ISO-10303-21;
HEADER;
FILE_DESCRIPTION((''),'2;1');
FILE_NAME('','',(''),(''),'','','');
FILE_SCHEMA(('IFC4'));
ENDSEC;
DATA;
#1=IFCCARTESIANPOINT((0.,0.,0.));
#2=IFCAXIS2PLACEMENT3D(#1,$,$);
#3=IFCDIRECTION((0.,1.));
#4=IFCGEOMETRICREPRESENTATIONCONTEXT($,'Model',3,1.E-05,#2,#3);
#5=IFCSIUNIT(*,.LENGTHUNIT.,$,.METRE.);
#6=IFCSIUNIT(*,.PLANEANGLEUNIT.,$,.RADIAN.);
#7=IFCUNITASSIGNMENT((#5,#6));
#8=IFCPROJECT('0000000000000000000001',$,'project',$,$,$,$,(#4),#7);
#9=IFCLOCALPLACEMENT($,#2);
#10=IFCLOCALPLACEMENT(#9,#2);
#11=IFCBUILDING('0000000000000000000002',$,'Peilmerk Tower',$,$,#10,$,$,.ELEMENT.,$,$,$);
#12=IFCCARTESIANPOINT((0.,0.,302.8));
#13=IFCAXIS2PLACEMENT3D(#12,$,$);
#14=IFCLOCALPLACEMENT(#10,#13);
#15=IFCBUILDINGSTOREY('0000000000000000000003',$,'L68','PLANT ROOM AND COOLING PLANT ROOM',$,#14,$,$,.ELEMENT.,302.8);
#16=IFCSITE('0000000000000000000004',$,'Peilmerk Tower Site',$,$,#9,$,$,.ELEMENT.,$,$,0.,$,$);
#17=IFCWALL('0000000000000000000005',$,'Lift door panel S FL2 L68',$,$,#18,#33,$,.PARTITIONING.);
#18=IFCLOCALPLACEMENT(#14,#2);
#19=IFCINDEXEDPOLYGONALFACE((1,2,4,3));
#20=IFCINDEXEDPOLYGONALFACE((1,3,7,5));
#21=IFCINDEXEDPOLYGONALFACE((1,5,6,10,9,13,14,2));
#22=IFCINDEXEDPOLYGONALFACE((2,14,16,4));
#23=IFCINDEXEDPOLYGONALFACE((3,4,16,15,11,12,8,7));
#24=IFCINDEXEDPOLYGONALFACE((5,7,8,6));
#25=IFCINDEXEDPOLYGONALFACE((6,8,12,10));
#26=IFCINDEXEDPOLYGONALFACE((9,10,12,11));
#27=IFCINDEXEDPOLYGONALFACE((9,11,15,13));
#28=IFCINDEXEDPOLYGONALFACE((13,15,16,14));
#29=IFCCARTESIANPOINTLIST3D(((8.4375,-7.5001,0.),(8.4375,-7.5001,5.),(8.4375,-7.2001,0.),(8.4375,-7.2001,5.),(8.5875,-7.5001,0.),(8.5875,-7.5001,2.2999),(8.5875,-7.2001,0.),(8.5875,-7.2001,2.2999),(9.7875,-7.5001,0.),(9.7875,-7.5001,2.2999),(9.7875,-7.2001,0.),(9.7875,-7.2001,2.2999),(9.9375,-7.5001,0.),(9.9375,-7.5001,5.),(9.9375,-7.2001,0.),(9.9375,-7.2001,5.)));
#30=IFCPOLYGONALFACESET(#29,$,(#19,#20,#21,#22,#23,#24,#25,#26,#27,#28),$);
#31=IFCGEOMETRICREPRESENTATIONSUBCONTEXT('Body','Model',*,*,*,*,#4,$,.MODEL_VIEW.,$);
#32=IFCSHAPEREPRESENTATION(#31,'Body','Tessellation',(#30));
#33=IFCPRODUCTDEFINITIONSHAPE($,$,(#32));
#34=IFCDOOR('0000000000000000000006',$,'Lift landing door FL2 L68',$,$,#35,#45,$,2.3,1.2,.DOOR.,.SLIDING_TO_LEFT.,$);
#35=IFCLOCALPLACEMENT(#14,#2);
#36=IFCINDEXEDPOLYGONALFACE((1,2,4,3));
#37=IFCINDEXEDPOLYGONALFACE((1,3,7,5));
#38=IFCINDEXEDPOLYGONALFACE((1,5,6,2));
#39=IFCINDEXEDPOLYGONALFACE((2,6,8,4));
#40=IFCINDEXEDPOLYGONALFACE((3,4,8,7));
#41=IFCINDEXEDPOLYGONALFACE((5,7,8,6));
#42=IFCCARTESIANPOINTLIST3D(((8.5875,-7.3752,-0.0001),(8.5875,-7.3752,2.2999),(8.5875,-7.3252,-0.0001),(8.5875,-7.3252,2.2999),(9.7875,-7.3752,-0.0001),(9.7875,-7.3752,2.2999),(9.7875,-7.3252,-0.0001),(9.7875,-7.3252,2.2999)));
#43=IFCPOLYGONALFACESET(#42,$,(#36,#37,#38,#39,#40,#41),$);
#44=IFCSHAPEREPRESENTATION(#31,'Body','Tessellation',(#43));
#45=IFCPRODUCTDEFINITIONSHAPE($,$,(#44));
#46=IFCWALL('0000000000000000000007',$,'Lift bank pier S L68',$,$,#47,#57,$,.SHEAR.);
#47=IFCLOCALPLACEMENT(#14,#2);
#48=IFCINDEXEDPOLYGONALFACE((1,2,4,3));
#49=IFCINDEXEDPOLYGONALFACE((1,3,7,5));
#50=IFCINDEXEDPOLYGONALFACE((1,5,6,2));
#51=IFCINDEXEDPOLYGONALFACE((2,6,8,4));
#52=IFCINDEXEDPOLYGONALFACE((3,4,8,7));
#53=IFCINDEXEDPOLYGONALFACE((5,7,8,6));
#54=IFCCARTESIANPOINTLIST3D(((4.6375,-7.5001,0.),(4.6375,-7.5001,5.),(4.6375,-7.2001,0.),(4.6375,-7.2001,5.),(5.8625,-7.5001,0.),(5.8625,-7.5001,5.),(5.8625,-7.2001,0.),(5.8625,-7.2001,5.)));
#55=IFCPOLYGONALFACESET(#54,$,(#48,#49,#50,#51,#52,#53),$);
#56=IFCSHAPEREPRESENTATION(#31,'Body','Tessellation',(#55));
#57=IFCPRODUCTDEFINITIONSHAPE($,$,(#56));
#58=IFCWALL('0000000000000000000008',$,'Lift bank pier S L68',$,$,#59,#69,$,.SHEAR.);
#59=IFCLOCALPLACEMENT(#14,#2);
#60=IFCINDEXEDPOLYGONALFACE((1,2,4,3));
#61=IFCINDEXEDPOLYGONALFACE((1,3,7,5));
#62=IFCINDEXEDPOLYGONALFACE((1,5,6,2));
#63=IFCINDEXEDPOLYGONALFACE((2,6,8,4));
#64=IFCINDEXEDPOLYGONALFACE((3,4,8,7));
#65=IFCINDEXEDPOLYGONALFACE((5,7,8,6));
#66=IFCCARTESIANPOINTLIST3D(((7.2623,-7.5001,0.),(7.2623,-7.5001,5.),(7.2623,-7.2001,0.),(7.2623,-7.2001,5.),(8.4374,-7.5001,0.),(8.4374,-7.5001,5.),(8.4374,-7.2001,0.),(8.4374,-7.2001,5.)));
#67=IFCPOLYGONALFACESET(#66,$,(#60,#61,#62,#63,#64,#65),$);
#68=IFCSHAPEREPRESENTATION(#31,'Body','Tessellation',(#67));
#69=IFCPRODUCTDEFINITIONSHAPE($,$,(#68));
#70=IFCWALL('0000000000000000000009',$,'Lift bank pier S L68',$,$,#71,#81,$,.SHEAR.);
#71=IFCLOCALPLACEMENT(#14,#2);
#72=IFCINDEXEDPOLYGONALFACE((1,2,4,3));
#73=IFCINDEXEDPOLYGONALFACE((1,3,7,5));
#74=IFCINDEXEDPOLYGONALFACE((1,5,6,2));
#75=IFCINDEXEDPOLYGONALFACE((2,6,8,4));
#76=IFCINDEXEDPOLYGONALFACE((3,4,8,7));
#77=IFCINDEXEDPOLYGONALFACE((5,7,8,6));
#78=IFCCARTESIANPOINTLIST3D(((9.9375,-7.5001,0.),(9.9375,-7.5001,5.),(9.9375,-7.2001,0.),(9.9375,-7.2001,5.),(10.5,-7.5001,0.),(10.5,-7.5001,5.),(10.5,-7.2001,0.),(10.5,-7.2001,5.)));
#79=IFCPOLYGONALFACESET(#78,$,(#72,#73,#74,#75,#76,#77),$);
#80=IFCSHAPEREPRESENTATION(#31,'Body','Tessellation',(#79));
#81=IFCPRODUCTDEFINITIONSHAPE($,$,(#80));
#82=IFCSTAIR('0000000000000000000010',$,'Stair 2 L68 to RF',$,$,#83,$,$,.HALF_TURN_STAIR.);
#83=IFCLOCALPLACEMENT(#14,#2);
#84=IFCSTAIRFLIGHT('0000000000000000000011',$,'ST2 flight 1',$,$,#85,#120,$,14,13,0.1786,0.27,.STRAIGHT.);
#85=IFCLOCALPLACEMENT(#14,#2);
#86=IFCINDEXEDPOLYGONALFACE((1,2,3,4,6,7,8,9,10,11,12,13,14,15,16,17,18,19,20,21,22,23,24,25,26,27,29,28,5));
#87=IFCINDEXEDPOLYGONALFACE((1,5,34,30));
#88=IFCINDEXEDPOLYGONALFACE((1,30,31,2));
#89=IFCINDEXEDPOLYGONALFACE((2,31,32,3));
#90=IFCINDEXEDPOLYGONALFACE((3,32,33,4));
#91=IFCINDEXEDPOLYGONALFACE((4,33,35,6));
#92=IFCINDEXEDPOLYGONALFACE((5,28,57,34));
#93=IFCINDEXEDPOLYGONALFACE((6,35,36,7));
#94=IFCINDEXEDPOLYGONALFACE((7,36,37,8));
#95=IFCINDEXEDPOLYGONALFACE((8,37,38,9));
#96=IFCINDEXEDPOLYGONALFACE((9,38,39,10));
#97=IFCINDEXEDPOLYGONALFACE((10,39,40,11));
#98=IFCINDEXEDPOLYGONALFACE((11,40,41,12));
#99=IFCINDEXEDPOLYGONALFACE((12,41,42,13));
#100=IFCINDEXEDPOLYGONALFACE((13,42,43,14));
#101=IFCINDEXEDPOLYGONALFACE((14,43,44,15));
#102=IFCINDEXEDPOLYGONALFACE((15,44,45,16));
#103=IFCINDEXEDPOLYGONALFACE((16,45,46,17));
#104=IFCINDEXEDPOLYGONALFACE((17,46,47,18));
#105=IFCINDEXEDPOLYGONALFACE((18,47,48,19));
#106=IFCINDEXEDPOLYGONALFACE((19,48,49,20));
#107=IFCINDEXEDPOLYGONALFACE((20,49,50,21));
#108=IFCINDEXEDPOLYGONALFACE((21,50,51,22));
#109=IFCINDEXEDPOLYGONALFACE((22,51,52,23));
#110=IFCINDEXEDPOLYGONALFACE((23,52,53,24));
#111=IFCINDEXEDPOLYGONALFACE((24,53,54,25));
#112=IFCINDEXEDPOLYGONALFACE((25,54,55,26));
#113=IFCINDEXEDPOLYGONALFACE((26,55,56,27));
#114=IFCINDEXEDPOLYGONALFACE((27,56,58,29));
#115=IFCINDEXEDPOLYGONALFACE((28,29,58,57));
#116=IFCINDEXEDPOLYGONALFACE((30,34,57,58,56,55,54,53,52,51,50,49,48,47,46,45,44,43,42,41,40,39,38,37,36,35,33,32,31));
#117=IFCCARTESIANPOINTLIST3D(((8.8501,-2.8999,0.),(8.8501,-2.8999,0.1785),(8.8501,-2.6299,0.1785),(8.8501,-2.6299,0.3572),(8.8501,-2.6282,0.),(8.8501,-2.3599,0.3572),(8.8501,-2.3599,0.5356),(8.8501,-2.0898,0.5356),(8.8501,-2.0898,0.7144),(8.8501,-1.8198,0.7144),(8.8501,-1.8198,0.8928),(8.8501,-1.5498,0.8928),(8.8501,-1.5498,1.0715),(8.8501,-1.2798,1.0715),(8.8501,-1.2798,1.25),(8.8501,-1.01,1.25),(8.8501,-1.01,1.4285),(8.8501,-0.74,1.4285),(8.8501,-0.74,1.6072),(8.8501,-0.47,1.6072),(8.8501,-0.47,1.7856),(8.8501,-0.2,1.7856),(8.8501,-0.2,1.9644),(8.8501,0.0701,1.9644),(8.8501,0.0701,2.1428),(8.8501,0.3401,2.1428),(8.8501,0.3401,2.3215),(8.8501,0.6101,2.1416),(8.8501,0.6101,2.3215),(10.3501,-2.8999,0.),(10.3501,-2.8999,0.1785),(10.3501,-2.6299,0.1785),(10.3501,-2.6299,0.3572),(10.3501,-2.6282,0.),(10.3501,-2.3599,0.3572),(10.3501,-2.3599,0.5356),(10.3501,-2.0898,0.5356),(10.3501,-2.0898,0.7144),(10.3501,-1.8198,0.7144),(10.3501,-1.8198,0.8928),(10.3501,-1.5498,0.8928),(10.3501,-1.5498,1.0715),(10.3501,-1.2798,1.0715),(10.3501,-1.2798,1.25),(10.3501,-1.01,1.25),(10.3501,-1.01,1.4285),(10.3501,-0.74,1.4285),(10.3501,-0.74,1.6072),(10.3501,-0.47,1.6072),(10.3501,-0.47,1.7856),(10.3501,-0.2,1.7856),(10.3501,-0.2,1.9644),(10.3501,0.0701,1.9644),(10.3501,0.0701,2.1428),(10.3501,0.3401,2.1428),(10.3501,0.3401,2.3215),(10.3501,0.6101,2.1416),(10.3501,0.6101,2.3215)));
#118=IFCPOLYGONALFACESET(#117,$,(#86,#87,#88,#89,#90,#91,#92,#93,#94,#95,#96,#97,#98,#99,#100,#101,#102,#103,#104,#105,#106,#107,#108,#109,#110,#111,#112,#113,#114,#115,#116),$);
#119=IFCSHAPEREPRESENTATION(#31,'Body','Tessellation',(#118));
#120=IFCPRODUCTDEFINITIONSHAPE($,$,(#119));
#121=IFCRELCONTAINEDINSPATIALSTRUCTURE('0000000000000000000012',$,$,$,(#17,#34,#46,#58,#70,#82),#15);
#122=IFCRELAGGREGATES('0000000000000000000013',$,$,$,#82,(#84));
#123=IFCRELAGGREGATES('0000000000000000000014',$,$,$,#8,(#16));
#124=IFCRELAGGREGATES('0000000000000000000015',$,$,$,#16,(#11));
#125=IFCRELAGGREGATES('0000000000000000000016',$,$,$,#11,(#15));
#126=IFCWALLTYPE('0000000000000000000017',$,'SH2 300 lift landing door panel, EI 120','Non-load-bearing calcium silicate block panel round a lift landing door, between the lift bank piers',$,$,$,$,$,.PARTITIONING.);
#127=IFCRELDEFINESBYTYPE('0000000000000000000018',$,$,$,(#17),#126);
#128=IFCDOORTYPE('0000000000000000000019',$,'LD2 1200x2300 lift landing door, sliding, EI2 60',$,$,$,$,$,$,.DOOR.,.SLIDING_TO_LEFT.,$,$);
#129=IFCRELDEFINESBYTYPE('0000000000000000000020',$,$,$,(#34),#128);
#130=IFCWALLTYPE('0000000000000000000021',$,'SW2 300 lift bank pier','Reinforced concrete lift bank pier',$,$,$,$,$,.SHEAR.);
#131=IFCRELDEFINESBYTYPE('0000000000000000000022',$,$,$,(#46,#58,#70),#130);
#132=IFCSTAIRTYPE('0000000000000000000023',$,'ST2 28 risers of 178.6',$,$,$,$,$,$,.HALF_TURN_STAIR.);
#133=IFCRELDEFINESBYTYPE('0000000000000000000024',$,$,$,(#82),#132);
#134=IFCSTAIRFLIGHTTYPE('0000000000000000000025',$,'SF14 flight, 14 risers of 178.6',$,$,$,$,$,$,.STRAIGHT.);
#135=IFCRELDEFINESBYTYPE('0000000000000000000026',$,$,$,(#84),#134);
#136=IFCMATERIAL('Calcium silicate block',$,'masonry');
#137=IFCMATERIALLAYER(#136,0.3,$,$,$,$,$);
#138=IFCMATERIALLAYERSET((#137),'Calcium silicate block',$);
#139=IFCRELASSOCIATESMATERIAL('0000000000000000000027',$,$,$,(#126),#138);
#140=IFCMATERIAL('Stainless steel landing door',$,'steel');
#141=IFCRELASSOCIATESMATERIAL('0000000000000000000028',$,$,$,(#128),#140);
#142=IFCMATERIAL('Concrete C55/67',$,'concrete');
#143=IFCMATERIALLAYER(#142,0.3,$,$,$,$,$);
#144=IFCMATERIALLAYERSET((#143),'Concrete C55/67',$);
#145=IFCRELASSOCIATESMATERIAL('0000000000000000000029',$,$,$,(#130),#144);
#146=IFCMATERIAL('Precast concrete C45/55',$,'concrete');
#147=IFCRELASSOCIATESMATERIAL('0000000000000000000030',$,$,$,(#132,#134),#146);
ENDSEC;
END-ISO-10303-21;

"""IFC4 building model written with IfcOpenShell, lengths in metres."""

from ifc_helpers import new_model, si_unit, direction, frame, frame_2d, origin, place, context, subcontext, project, spatial, polyline, rectangle, outline, extrude, material, layer, layer_set, type_object, element, fill, aggregate, save


model = new_model("IFC4")

# Units and contexts
model_context = context("Model", 3, precision=1e-05, world=origin(), true_north=direction((0.0, 1.0)))
body_context = subcontext(model_context, "Body", "Model", "MODEL_VIEW")
ifc_project = project(units=[si_unit("LENGTHUNIT", "METRE"), si_unit("PLANEANGLEUNIT", "RADIAN")], contexts=[model_context])

# Site, building, storey
site_placement = place(None, origin())
site = spatial("IfcSite", under=ifc_project, at=site_placement, Name="Peilmerk Tower Site", CompositionType="ELEMENT", RefElevation=0.0)
building_placement = place(site_placement, origin())
building = spatial("IfcBuilding", under=site, at=building_placement, Name="Peilmerk Tower", CompositionType="ELEMENT")
storey_placement = place(building_placement, frame((0.0, 0.0, 302.8)))
storey = spatial("IfcBuildingStorey", under=building, at=storey_placement, Name="L68", Description="PLANT ROOM AND COOLING PLANT ROOM", CompositionType="ELEMENT", Elevation=302.8)

# Wall, opening, door
ifc_material_1 = material(Name="Calcium silicate block", Category="masonry")
ifc_layer_1 = layer(ifc_material_1, 0.3)
ifc_layer_set_1 = layer_set([ifc_layer_1], Name="Calcium silicate block")
wall_type_1 = type_object("IfcWallType", Name="SH2 300 lift landing door panel, EI 120", Description="Non-load-bearing calcium silicate block panel round a lift landing door, between the lift bank piers", PredefinedType="PARTITIONING", material=ifc_layer_set_1)
wall_1_placement = place(storey_placement, frame((8.4375, -7.3501, 0.0), z_axis=(0.0, 0.0, 1.0), x_axis=(1.0, 0.0, 0.0)))
wall_1 = element("IfcWall", 1, at=wall_1_placement, inside=storey, type_object=wall_type_1, Name="Lift door panel S FL2 L68", PredefinedType="PARTITIONING", context=body_context, shape_type="SweptSolid", body=[
    extrude(rectangle(XDim=1.5, YDim=0.3, at=frame_2d((0.75, 0.0))), origin(), (0.0, 0.0, 1.0), 5.0),
])
opening_1_placement = place(wall_1_placement, frame((0.1499, 0.0, 0.0)))
opening_1 = element("IfcOpeningElement", 2, at=opening_1_placement, cuts=wall_1, PredefinedType="OPENING", context=body_context, shape_type="SweptSolid", body=[
    extrude(rectangle(XDim=1.2, YDim=2.3, at=frame_2d((0.6001, 1.1499))), frame((0.0, 0.1599, 0.0), z_axis=(0.0, -1.0, 0.0), x_axis=(1.0, 0.0, 0.0)), (0.0, 0.0, 1.0), 0.3201),
])
ifc_material_2 = material(Name="Stainless steel landing door", Category="steel")
door_type_1 = type_object("IfcDoorType", Name="LD2 1200x2300 lift landing door, sliding, EI2 60", OperationType="SLIDING_TO_LEFT", PredefinedType="DOOR", material=ifc_material_2)
door_1_placement = place(opening_1_placement, origin())
door_1 = element("IfcDoor", 3, at=door_1_placement, inside=storey, type_object=door_type_1, Name="Lift landing door FL2 L68", OperationType="SLIDING_TO_LEFT", OverallHeight=2.3, OverallWidth=1.2, PredefinedType="DOOR", context=body_context, shape_type="SweptSolid", body=[
    extrude(rectangle(XDim=1.2, YDim=2.3, at=frame_2d((0.6001, 1.1499))), frame((0.0, 0.0249, 0.0), z_axis=(0.0, -1.0, 0.0), x_axis=(1.0, 0.0, 0.0)), (0.0, 0.0, 1.0), 0.05),
])
fill(opening_1, door_1)

# Walls
ifc_material_3 = material(Name="Concrete C55/67", Category="concrete")
ifc_layer_2 = layer(ifc_material_3, 0.3)
ifc_layer_set_2 = layer_set([ifc_layer_2], Name="Concrete C55/67")
wall_type_2 = type_object("IfcWallType", Name="SW2 300 lift bank pier", Description="Reinforced concrete lift bank pier", PredefinedType="SHEAR", material=ifc_layer_set_2)
wall_2_placement = place(storey_placement, frame((4.6375, -7.3501, 0.0), z_axis=(0.0, 0.0, 1.0), x_axis=(1.0, 0.0, 0.0)))
element("IfcWall", 4, at=wall_2_placement, inside=storey, type_object=wall_type_2, Name="Lift bank pier S L68", PredefinedType="SHEAR", context=body_context, shape_type="SweptSolid", body=[
    extrude(rectangle(XDim=1.2251, YDim=0.3, at=frame_2d((0.6125, 0.0))), origin(), (0.0, 0.0, 1.0), 5.0),
])
wall_3_placement = place(storey_placement, frame((7.2625, -7.3501, 0.0), z_axis=(0.0, 0.0, 1.0), x_axis=(1.0, 0.0, 0.0)))
element("IfcWall", 5, at=wall_3_placement, inside=storey, type_object=wall_type_2, Name="Lift bank pier S L68", PredefinedType="SHEAR", context=body_context, shape_type="SweptSolid", body=[
    extrude(rectangle(XDim=1.175, YDim=0.3, at=frame_2d((0.5874, 0.0))), origin(), (0.0, 0.0, 1.0), 5.0),
])
wall_4_placement = place(storey_placement, frame((9.9375, -7.3501, 0.0), z_axis=(0.0, 0.0, 1.0), x_axis=(1.0, 0.0, 0.0)))
element("IfcWall", 6, at=wall_4_placement, inside=storey, type_object=wall_type_2, Name="Lift bank pier S L68", PredefinedType="SHEAR", context=body_context, shape_type="SweptSolid", body=[
    extrude(rectangle(XDim=0.5625, YDim=0.3, at=frame_2d((0.2812, 0.0))), origin(), (0.0, 0.0, 1.0), 5.0),
])

# Stair, stair flight
ifc_material_4 = material(Name="Precast concrete C45/55", Category="concrete")
stair_type = type_object("IfcStairType", Name="ST2 28 risers of 178.6", PredefinedType="HALF_TURN_STAIR", material=ifc_material_4)
stair_placement = place(storey_placement, origin())
stair = element("IfcStair", 7, at=stair_placement, inside=storey, type_object=stair_type, Name="Stair 2 L68 to RF", PredefinedType="HALF_TURN_STAIR")
stair_flight_type = type_object("IfcStairFlightType", Name="SF14 flight, 14 risers of 178.6", PredefinedType="STRAIGHT", material=ifc_material_4)
stair_flight_placement = place(storey_placement, frame((9.6001, -2.8999, 0.0), z_axis=(0.0, 0.0, 1.0), x_axis=(0.0, 1.0, 0.0)))
stair_flight = element("IfcStairFlight", 8, at=stair_flight_placement, type_object=stair_flight_type, Name="ST2 flight 1", NumberOfRisers=14, NumberOfTreads=13, PredefinedType="STRAIGHT", RiserHeight=0.1786, TreadLength=0.27, context=body_context, shape_type="SweptSolid", body=[
    extrude(outline(polyline([(0.0, 0.0), (0.0, 0.1785), (0.27, 0.1785), (0.27, 0.3572), (0.54, 0.3572), (0.54, 0.5356), (0.8101, 0.5356), (0.8101, 0.7144), (1.0801, 0.7144), (1.0801, 0.8928), (1.3501, 0.8928), (1.3501, 1.0715), (1.6201, 1.0715), (1.6201, 1.25), (1.8899, 1.25), (1.8899, 1.4285), (2.1599, 1.4285), (2.1599, 1.6072), (2.4299, 1.6072), (2.4299, 1.7856), (2.7, 1.7856), (2.7, 1.9644), (2.97, 1.9644), (2.97, 2.1428), (3.24, 2.1428), (3.24, 2.3215), (3.51, 2.3215), (3.51, 2.5), (3.51, 2.1416), (0.2717, 0.0), (0.0, 0.0)])), frame((0.0, 0.75, 0.0), z_axis=(0.0, -1.0, 0.0), x_axis=(1.0, 0.0, 0.0)), (0.0, 0.0, 1.0), 1.5),
])
aggregate(stair, [stair_flight])

save(model, "model.ifc")
